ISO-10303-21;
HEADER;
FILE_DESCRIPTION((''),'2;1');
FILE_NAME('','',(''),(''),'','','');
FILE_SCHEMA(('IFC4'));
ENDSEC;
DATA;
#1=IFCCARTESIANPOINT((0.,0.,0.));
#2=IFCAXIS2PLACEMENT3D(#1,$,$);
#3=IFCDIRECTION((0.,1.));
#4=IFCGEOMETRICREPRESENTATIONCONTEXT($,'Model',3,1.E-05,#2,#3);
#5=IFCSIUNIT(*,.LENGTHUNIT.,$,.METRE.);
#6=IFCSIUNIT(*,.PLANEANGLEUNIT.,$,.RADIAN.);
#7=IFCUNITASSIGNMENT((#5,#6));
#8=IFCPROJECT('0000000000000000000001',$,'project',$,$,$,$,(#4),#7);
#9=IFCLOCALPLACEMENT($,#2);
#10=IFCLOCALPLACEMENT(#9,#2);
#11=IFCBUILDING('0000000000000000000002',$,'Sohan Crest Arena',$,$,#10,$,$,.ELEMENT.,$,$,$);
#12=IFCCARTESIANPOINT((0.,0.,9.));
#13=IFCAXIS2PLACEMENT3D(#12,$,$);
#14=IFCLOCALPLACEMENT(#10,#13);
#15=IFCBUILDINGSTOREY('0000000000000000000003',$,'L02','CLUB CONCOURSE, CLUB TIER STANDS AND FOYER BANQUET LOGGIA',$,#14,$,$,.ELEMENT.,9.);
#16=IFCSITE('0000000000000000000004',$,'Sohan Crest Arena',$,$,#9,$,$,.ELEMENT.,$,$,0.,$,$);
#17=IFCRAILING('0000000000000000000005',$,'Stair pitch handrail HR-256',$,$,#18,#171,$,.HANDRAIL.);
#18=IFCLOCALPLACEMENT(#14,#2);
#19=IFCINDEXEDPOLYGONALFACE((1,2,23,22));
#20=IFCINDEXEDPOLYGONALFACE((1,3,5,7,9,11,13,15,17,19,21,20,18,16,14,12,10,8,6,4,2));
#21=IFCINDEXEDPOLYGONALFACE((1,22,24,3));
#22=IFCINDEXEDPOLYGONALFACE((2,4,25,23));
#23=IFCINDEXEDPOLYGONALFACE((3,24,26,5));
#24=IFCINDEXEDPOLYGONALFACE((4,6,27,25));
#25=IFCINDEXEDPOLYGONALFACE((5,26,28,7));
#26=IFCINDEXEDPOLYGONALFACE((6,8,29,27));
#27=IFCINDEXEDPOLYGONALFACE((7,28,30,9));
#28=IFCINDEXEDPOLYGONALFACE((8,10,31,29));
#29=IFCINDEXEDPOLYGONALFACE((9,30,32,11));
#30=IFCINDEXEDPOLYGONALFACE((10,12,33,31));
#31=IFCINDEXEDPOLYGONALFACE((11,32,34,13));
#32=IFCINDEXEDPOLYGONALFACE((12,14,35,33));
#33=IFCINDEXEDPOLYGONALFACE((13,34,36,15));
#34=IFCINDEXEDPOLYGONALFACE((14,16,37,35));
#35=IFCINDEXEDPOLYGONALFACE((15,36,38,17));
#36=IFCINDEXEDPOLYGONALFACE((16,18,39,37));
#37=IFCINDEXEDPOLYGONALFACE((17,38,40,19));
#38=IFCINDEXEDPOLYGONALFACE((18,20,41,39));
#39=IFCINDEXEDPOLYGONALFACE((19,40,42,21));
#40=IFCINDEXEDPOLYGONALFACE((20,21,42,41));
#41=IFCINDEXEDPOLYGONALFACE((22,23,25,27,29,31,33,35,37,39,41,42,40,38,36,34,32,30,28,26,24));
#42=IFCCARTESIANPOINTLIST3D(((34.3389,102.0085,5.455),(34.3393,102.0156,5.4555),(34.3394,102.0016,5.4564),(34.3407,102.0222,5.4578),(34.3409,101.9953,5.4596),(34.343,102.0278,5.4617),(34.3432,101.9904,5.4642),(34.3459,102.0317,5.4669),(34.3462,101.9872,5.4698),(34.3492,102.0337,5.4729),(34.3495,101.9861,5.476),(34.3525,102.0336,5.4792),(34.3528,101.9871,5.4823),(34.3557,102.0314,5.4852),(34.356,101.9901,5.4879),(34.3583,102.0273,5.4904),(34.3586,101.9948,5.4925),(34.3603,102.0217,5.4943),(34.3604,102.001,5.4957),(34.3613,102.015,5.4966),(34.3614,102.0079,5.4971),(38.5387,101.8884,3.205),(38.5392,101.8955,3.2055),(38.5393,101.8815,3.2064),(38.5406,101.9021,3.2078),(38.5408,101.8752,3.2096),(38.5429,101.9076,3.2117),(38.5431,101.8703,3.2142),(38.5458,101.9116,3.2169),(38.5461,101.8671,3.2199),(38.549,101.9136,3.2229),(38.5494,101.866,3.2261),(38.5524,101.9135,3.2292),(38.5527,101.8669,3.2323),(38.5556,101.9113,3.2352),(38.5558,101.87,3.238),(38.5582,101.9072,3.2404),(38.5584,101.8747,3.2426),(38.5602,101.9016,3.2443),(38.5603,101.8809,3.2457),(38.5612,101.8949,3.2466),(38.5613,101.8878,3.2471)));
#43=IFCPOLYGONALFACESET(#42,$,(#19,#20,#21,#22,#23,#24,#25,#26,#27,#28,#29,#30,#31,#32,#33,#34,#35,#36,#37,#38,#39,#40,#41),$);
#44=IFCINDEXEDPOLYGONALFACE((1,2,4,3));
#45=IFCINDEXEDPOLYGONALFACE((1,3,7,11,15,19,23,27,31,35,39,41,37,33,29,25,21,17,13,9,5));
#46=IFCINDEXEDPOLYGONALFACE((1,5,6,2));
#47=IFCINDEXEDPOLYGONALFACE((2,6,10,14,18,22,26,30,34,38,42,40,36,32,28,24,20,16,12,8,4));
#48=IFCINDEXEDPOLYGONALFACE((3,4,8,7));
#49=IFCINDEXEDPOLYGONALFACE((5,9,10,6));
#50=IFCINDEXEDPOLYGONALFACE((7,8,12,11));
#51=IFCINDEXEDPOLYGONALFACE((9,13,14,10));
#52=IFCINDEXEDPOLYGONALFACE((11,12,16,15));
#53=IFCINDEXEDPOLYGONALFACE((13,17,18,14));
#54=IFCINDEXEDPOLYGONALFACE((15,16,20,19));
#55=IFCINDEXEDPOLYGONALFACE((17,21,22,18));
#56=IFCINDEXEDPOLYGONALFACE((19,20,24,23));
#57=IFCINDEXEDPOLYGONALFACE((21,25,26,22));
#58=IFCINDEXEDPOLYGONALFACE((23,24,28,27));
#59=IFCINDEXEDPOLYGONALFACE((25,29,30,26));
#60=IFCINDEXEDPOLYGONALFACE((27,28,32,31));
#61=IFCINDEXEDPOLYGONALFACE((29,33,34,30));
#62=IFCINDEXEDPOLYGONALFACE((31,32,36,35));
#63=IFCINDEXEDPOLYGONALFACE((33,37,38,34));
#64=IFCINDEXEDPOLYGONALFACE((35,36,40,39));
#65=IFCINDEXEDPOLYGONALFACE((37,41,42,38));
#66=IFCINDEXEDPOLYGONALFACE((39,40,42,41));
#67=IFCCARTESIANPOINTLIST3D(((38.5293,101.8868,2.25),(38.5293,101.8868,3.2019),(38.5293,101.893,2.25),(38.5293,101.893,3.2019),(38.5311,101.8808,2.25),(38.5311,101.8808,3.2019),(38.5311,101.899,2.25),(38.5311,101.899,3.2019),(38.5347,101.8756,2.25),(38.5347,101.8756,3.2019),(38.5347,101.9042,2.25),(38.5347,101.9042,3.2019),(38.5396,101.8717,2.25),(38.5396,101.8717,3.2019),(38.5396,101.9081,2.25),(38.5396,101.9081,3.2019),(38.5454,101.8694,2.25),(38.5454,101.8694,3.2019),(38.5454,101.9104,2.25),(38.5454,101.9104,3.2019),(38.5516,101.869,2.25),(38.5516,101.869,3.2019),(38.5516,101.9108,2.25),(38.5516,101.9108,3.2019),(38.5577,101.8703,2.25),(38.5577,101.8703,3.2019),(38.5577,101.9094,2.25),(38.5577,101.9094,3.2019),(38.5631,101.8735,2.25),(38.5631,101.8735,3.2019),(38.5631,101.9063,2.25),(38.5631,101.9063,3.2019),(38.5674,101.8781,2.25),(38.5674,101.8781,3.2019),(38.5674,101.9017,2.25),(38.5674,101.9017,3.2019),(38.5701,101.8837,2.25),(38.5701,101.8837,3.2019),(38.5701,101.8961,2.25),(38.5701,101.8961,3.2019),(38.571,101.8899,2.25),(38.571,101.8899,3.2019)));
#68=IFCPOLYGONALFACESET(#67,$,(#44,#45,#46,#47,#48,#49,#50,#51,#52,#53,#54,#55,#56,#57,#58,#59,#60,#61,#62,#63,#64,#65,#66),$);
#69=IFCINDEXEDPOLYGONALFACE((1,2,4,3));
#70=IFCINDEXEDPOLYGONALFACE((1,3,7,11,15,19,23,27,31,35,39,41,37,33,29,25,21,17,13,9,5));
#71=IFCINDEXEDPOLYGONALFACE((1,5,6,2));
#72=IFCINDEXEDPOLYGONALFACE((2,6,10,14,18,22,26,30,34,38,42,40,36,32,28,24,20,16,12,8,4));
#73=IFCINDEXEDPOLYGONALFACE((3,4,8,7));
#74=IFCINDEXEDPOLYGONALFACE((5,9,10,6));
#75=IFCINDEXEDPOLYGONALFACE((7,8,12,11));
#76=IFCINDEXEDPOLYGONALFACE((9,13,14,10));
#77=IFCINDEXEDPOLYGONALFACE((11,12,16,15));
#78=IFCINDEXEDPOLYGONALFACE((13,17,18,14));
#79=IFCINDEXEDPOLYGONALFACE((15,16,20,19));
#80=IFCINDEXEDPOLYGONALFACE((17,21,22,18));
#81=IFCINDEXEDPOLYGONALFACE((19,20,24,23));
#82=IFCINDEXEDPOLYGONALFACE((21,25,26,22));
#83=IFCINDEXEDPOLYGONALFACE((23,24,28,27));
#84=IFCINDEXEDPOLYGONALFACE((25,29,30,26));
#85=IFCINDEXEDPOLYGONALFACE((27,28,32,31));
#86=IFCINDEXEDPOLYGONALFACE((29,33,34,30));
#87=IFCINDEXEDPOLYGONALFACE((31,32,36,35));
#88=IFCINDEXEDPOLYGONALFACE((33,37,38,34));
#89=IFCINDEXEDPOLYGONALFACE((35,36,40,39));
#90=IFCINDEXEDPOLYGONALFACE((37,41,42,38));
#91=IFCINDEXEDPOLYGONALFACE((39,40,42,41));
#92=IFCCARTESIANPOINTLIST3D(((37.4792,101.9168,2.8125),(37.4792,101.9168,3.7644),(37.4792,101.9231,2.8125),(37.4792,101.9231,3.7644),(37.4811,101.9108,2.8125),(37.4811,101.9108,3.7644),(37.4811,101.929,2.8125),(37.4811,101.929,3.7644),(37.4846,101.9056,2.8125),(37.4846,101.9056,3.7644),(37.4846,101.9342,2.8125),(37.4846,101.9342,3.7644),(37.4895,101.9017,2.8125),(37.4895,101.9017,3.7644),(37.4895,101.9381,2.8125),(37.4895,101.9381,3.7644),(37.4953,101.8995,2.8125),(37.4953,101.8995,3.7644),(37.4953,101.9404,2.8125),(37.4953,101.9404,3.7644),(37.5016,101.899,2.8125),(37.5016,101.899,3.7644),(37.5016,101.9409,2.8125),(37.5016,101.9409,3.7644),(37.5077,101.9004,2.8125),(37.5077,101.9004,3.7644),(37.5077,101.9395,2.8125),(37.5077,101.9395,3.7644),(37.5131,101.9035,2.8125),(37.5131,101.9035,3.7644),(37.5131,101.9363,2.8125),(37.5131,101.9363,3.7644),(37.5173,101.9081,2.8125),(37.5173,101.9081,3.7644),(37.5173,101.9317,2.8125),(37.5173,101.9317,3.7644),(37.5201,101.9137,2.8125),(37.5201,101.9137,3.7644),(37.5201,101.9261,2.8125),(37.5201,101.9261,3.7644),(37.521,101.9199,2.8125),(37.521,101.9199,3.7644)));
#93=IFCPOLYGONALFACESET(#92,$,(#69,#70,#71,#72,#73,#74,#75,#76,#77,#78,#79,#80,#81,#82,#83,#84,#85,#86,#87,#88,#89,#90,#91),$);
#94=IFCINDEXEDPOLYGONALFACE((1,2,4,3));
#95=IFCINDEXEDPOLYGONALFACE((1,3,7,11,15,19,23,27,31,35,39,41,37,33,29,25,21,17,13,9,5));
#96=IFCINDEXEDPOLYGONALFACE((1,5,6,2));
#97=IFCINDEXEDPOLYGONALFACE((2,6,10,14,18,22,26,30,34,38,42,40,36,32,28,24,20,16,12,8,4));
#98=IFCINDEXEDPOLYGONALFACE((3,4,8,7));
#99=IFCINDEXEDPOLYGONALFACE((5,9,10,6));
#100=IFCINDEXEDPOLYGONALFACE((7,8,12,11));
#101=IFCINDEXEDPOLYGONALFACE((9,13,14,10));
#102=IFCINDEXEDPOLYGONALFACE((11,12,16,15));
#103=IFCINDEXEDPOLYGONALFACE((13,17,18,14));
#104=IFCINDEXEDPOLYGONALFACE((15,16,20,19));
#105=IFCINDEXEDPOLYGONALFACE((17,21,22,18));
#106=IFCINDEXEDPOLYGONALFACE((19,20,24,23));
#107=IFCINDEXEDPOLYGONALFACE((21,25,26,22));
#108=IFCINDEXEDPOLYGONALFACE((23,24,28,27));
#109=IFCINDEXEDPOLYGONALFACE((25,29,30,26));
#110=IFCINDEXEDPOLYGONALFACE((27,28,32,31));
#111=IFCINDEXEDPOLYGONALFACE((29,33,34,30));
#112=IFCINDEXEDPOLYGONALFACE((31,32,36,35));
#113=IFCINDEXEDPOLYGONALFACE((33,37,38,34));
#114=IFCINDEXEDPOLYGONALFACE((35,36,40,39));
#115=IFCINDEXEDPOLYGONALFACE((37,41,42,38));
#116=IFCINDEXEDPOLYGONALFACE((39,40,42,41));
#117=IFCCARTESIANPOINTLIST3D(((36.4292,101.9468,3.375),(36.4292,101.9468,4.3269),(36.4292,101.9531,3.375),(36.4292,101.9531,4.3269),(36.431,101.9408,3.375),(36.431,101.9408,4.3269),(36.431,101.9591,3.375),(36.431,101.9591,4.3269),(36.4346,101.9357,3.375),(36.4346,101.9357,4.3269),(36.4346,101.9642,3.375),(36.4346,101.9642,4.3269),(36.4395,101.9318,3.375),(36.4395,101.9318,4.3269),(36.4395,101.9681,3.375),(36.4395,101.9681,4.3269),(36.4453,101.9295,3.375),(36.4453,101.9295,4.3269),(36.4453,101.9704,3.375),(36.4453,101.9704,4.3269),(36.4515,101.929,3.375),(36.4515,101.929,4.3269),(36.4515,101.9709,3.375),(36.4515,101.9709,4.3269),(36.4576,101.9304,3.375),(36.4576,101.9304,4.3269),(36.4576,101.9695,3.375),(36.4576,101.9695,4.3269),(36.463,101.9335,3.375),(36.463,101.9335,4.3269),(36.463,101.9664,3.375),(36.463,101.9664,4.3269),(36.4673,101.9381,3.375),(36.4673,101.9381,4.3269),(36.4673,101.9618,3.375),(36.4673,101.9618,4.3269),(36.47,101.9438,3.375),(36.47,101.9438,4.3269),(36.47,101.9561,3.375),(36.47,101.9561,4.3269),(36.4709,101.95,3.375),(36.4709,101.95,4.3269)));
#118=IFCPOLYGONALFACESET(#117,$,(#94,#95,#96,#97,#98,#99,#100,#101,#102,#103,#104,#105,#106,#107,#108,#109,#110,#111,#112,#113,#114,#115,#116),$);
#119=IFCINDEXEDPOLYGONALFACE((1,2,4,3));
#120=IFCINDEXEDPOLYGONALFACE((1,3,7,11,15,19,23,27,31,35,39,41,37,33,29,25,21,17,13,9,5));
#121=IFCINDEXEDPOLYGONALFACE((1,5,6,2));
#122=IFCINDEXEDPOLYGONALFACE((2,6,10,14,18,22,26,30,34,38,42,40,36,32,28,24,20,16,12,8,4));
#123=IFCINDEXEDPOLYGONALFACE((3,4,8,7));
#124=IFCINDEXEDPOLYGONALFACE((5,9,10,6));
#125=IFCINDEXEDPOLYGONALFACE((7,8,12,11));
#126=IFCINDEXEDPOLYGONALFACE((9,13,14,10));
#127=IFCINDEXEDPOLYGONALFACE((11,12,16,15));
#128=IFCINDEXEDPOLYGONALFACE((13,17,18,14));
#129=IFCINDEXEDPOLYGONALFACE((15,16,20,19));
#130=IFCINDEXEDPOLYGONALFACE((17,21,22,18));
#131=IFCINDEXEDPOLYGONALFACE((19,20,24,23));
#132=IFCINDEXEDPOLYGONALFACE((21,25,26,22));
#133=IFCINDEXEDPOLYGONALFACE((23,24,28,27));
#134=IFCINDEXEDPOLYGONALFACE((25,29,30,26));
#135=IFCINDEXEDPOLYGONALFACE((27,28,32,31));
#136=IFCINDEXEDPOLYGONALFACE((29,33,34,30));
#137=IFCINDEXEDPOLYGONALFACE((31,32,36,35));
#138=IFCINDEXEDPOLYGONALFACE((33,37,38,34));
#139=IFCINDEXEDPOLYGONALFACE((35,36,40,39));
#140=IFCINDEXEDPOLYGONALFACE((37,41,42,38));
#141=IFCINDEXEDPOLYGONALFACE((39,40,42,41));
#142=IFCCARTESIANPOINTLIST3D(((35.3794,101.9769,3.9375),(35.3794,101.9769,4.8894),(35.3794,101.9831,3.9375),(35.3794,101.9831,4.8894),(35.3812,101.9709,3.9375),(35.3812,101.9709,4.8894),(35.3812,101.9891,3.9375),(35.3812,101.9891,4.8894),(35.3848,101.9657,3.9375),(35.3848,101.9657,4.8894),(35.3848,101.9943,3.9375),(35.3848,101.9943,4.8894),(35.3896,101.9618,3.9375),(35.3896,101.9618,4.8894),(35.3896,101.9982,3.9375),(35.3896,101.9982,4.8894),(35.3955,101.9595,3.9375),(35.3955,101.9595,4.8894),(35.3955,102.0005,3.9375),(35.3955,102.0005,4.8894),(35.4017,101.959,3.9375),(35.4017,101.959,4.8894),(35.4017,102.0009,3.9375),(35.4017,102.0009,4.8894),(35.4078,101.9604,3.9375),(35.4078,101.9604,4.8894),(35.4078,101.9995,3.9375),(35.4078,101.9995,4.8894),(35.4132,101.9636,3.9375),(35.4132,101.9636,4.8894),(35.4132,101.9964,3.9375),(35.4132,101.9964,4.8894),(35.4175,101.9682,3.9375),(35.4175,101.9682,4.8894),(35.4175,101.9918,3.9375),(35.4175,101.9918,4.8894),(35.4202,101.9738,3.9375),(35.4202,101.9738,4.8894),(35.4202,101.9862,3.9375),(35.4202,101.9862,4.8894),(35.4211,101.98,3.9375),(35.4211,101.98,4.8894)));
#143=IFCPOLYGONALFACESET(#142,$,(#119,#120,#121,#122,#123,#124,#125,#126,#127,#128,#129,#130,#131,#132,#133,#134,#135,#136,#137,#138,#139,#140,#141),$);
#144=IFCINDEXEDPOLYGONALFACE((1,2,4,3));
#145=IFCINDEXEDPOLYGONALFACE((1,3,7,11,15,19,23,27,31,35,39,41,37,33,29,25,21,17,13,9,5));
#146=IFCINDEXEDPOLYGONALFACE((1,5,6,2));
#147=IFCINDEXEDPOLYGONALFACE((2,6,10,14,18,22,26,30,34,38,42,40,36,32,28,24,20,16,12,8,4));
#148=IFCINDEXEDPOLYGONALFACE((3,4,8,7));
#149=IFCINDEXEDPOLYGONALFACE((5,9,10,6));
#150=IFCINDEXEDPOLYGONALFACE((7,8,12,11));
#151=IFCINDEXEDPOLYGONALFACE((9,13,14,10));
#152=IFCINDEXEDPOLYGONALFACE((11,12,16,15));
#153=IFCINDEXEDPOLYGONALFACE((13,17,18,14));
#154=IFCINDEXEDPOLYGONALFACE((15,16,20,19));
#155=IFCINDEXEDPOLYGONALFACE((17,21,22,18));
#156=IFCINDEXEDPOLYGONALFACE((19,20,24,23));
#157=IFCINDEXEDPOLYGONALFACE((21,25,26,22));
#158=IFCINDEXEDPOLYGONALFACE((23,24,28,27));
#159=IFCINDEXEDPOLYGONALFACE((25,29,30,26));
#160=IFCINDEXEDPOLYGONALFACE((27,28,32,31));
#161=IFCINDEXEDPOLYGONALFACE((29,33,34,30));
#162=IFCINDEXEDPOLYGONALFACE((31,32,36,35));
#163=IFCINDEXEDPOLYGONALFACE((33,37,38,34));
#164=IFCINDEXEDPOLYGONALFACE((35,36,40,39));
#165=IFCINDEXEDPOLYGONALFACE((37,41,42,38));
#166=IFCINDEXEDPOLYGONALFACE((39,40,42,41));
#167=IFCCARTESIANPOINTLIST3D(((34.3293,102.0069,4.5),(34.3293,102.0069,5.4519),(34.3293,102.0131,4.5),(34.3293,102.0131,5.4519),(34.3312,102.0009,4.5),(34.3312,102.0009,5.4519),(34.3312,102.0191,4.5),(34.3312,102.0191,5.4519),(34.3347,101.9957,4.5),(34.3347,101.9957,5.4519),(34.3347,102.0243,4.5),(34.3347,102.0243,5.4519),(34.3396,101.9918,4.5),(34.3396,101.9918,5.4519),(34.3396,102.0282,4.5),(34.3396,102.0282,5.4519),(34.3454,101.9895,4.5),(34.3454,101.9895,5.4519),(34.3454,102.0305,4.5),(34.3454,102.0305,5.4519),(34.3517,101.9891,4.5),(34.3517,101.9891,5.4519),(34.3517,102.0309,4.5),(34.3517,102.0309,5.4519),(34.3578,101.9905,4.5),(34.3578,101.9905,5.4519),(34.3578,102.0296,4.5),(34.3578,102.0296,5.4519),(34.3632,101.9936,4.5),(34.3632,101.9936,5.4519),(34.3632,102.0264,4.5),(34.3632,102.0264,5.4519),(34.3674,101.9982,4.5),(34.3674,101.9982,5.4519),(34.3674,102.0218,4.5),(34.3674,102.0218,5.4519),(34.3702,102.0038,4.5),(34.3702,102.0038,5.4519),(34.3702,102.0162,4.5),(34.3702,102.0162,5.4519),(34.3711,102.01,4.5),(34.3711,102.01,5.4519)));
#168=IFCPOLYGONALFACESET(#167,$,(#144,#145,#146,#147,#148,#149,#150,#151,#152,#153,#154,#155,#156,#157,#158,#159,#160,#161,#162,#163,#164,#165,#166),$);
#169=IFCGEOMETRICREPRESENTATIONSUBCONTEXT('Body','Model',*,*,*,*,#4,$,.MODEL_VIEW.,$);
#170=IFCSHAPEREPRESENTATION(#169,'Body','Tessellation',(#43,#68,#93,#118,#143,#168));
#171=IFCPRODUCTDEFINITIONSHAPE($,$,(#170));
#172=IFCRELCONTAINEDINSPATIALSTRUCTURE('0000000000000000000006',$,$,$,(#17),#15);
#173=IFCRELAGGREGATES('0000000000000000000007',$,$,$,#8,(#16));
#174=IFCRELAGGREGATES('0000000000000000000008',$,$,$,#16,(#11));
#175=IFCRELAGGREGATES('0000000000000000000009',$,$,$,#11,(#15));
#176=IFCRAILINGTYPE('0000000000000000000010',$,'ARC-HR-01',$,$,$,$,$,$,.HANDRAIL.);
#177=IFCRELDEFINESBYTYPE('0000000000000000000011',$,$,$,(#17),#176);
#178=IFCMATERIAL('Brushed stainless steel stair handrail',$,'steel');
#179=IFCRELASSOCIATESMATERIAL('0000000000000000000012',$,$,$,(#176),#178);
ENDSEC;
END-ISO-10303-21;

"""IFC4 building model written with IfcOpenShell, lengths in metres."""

from ifc_helpers import new_model, si_unit, direction, frame, origin, origin_2d, place, context, subcontext, project, spatial, circle, extrude, material, type_object, element, save


model = new_model("IFC4")

# Units and contexts
model_context = context("Model", 3, precision=1e-05, world=origin(), true_north=direction((0.0, 1.0)))
body_context = subcontext(model_context, "Body", "Model", "MODEL_VIEW")
ifc_project = project(units=[si_unit("LENGTHUNIT", "METRE"), si_unit("PLANEANGLEUNIT", "RADIAN")], contexts=[model_context])

# Site, building, storey
site_placement = place(None, origin())
site = spatial("IfcSite", under=ifc_project, at=site_placement, Name="Sohan Crest Arena", CompositionType="ELEMENT", RefElevation=0.0)
building_placement = place(site_placement, origin())
building = spatial("IfcBuilding", under=site, at=building_placement, Name="Sohan Crest Arena", CompositionType="ELEMENT")
storey_placement = place(building_placement, frame((0.0, 0.0, 9.0)))
storey = spatial("IfcBuildingStorey", under=building, at=storey_placement, Name="L02", Description="CLUB CONCOURSE, CLUB TIER STANDS AND FOYER BANQUET LOGGIA", CompositionType="ELEMENT", Elevation=9.0)

# Railing
ifc_material_1 = material(Name="Brushed stainless steel stair handrail", Category="steel")
railing_type = type_object("IfcRailingType", Name="ARC-HR-01", PredefinedType="HANDRAIL", material=ifc_material_1)
railing_1_placement = place(storey_placement, frame((38.55, 101.8899, 2.25)))
element("IfcRailing", 1, at=railing_1_placement, inside=storey, type_object=railing_type, Name="Stair pitch handrail HR-256", PredefinedType="HANDRAIL", context=body_context, shape_type="SweptSolid", body=[
    extrude(circle(Radius=0.0239, at=origin_2d()), frame((0.0, 0.0, 0.9761), z_axis=(-0.881198, 0.025202, 0.472076), x_axis=(-0.028588, -0.999591, 0.0)), (0.0, 0.0, 1.0), 4.7661),
    extrude(circle(Radius=0.021, at=origin_2d()), origin(), (0.0, 0.0, 1.0), 0.9519),
    extrude(circle(Radius=0.021, at=origin_2d()), frame((-1.05, 0.03, 0.5625)), (0.0, 0.0, 1.0), 0.9519),
    extrude(circle(Radius=0.021, at=origin_2d()), frame((-2.1001, 0.0601, 1.125)), (0.0, 0.0, 1.0), 0.9519),
    extrude(circle(Radius=0.021, at=origin_2d()), frame((-3.1499, 0.0901, 1.6875)), (0.0, 0.0, 1.0), 0.9519),
    extrude(circle(Radius=0.021, at=origin_2d()), frame((-4.2, 0.1201, 2.25)), (0.0, 0.0, 1.0), 0.9519),
])

save(model, "model.ifc")
